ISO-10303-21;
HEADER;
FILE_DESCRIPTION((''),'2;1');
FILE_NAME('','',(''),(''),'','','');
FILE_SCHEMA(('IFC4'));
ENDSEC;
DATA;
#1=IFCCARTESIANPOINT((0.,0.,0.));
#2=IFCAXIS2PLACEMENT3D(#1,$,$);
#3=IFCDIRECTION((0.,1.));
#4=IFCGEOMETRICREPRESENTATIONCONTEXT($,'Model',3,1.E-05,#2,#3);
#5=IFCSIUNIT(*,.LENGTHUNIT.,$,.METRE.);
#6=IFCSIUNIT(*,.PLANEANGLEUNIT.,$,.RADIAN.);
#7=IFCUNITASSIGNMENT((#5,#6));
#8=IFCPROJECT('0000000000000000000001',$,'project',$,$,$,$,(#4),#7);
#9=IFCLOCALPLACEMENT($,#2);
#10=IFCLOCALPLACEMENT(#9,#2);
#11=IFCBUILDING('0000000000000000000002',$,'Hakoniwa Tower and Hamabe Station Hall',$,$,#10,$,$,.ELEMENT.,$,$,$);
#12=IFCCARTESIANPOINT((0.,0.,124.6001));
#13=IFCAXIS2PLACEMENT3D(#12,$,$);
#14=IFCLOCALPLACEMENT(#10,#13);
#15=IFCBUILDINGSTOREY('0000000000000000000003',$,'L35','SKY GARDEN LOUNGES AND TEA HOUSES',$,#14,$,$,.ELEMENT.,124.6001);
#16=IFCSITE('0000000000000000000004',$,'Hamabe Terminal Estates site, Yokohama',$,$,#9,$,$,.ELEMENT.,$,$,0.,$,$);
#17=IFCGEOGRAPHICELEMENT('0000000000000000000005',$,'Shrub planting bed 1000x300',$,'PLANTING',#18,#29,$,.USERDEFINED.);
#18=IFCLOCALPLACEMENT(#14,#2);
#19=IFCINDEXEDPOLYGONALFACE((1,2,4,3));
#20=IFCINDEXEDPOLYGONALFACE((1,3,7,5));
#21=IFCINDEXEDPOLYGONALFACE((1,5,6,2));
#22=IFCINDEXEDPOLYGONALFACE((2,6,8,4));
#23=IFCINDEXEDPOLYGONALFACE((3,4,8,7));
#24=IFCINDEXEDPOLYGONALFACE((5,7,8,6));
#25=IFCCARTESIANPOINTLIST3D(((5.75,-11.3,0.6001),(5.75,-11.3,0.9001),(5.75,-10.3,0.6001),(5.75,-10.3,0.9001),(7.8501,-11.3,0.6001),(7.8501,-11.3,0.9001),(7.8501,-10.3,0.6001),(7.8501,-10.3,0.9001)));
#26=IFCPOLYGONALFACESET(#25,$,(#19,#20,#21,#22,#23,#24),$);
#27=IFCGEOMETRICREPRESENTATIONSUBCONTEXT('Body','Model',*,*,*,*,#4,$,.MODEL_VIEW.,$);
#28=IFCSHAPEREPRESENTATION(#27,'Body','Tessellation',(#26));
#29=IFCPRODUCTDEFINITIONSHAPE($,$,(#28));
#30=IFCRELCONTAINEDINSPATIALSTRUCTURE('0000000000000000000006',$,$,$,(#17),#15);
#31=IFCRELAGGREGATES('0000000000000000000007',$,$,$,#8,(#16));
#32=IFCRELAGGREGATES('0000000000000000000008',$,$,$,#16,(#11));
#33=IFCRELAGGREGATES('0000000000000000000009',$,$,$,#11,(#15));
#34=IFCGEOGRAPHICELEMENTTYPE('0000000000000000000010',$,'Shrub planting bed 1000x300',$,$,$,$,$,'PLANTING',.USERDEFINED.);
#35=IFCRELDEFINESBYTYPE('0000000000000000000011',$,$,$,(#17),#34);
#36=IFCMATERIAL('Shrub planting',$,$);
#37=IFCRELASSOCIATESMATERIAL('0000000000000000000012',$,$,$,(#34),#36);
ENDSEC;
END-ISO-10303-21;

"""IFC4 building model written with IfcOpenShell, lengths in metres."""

from ifc_helpers import new_model, si_unit, direction, frame, origin, origin_2d, place, context, subcontext, project, spatial, rectangle, extrude, material, type_object, element, save


model = new_model("IFC4")

# Units and contexts
model_context = context("Model", 3, precision=1e-05, world=origin(), true_north=direction((0.0, 1.0)))
body_context = subcontext(model_context, "Body", "Model", "MODEL_VIEW")
ifc_project = project(units=[si_unit("LENGTHUNIT", "METRE"), si_unit("PLANEANGLEUNIT", "RADIAN")], contexts=[model_context])

# Site, building, storey
site_placement = place(None, origin())
site = spatial("IfcSite", under=ifc_project, at=site_placement, Name="Hamabe Terminal Estates site, Yokohama", CompositionType="ELEMENT", RefElevation=0.0)
building_placement = place(site_placement, origin())
building = spatial("IfcBuilding", under=site, at=building_placement, Name="Hakoniwa Tower and Hamabe Station Hall", CompositionType="ELEMENT")
storey_placement = place(building_placement, frame((0.0, 0.0, 124.6001)))
storey = spatial("IfcBuildingStorey", under=building, at=storey_placement, Name="L35", Description="SKY GARDEN LOUNGES AND TEA HOUSES", CompositionType="ELEMENT", Elevation=124.6001)

# Geographic element
ifc_material_1 = material(Name="Shrub planting")
geographic_element_type = type_object("IfcGeographicElementType", Name="Shrub planting bed 1000x300", ElementType="PLANTING", PredefinedType="USERDEFINED", material=ifc_material_1)
for number, where, z_axis, x_axis, name in (
    (1, (6.8, -10.8, 0.6001), (0.0, 0.0, 1.0), (1.0, 0.0, 0.0), "Shrub planting bed 1000x300"),
):
    element("IfcGeographicElement", number, at=place(storey_placement, frame(where, z_axis=z_axis, x_axis=x_axis)), inside=storey, type_object=geographic_element_type, Name=name, ObjectType="PLANTING", PredefinedType="USERDEFINED", context=body_context, shape_type="SweptSolid", body=[
        extrude(rectangle(XDim=2.1001, YDim=1.0, at=origin_2d()), origin(), (0.0, 0.0, 1.0), 0.3),
    ])

save(model, "model.ifc")
